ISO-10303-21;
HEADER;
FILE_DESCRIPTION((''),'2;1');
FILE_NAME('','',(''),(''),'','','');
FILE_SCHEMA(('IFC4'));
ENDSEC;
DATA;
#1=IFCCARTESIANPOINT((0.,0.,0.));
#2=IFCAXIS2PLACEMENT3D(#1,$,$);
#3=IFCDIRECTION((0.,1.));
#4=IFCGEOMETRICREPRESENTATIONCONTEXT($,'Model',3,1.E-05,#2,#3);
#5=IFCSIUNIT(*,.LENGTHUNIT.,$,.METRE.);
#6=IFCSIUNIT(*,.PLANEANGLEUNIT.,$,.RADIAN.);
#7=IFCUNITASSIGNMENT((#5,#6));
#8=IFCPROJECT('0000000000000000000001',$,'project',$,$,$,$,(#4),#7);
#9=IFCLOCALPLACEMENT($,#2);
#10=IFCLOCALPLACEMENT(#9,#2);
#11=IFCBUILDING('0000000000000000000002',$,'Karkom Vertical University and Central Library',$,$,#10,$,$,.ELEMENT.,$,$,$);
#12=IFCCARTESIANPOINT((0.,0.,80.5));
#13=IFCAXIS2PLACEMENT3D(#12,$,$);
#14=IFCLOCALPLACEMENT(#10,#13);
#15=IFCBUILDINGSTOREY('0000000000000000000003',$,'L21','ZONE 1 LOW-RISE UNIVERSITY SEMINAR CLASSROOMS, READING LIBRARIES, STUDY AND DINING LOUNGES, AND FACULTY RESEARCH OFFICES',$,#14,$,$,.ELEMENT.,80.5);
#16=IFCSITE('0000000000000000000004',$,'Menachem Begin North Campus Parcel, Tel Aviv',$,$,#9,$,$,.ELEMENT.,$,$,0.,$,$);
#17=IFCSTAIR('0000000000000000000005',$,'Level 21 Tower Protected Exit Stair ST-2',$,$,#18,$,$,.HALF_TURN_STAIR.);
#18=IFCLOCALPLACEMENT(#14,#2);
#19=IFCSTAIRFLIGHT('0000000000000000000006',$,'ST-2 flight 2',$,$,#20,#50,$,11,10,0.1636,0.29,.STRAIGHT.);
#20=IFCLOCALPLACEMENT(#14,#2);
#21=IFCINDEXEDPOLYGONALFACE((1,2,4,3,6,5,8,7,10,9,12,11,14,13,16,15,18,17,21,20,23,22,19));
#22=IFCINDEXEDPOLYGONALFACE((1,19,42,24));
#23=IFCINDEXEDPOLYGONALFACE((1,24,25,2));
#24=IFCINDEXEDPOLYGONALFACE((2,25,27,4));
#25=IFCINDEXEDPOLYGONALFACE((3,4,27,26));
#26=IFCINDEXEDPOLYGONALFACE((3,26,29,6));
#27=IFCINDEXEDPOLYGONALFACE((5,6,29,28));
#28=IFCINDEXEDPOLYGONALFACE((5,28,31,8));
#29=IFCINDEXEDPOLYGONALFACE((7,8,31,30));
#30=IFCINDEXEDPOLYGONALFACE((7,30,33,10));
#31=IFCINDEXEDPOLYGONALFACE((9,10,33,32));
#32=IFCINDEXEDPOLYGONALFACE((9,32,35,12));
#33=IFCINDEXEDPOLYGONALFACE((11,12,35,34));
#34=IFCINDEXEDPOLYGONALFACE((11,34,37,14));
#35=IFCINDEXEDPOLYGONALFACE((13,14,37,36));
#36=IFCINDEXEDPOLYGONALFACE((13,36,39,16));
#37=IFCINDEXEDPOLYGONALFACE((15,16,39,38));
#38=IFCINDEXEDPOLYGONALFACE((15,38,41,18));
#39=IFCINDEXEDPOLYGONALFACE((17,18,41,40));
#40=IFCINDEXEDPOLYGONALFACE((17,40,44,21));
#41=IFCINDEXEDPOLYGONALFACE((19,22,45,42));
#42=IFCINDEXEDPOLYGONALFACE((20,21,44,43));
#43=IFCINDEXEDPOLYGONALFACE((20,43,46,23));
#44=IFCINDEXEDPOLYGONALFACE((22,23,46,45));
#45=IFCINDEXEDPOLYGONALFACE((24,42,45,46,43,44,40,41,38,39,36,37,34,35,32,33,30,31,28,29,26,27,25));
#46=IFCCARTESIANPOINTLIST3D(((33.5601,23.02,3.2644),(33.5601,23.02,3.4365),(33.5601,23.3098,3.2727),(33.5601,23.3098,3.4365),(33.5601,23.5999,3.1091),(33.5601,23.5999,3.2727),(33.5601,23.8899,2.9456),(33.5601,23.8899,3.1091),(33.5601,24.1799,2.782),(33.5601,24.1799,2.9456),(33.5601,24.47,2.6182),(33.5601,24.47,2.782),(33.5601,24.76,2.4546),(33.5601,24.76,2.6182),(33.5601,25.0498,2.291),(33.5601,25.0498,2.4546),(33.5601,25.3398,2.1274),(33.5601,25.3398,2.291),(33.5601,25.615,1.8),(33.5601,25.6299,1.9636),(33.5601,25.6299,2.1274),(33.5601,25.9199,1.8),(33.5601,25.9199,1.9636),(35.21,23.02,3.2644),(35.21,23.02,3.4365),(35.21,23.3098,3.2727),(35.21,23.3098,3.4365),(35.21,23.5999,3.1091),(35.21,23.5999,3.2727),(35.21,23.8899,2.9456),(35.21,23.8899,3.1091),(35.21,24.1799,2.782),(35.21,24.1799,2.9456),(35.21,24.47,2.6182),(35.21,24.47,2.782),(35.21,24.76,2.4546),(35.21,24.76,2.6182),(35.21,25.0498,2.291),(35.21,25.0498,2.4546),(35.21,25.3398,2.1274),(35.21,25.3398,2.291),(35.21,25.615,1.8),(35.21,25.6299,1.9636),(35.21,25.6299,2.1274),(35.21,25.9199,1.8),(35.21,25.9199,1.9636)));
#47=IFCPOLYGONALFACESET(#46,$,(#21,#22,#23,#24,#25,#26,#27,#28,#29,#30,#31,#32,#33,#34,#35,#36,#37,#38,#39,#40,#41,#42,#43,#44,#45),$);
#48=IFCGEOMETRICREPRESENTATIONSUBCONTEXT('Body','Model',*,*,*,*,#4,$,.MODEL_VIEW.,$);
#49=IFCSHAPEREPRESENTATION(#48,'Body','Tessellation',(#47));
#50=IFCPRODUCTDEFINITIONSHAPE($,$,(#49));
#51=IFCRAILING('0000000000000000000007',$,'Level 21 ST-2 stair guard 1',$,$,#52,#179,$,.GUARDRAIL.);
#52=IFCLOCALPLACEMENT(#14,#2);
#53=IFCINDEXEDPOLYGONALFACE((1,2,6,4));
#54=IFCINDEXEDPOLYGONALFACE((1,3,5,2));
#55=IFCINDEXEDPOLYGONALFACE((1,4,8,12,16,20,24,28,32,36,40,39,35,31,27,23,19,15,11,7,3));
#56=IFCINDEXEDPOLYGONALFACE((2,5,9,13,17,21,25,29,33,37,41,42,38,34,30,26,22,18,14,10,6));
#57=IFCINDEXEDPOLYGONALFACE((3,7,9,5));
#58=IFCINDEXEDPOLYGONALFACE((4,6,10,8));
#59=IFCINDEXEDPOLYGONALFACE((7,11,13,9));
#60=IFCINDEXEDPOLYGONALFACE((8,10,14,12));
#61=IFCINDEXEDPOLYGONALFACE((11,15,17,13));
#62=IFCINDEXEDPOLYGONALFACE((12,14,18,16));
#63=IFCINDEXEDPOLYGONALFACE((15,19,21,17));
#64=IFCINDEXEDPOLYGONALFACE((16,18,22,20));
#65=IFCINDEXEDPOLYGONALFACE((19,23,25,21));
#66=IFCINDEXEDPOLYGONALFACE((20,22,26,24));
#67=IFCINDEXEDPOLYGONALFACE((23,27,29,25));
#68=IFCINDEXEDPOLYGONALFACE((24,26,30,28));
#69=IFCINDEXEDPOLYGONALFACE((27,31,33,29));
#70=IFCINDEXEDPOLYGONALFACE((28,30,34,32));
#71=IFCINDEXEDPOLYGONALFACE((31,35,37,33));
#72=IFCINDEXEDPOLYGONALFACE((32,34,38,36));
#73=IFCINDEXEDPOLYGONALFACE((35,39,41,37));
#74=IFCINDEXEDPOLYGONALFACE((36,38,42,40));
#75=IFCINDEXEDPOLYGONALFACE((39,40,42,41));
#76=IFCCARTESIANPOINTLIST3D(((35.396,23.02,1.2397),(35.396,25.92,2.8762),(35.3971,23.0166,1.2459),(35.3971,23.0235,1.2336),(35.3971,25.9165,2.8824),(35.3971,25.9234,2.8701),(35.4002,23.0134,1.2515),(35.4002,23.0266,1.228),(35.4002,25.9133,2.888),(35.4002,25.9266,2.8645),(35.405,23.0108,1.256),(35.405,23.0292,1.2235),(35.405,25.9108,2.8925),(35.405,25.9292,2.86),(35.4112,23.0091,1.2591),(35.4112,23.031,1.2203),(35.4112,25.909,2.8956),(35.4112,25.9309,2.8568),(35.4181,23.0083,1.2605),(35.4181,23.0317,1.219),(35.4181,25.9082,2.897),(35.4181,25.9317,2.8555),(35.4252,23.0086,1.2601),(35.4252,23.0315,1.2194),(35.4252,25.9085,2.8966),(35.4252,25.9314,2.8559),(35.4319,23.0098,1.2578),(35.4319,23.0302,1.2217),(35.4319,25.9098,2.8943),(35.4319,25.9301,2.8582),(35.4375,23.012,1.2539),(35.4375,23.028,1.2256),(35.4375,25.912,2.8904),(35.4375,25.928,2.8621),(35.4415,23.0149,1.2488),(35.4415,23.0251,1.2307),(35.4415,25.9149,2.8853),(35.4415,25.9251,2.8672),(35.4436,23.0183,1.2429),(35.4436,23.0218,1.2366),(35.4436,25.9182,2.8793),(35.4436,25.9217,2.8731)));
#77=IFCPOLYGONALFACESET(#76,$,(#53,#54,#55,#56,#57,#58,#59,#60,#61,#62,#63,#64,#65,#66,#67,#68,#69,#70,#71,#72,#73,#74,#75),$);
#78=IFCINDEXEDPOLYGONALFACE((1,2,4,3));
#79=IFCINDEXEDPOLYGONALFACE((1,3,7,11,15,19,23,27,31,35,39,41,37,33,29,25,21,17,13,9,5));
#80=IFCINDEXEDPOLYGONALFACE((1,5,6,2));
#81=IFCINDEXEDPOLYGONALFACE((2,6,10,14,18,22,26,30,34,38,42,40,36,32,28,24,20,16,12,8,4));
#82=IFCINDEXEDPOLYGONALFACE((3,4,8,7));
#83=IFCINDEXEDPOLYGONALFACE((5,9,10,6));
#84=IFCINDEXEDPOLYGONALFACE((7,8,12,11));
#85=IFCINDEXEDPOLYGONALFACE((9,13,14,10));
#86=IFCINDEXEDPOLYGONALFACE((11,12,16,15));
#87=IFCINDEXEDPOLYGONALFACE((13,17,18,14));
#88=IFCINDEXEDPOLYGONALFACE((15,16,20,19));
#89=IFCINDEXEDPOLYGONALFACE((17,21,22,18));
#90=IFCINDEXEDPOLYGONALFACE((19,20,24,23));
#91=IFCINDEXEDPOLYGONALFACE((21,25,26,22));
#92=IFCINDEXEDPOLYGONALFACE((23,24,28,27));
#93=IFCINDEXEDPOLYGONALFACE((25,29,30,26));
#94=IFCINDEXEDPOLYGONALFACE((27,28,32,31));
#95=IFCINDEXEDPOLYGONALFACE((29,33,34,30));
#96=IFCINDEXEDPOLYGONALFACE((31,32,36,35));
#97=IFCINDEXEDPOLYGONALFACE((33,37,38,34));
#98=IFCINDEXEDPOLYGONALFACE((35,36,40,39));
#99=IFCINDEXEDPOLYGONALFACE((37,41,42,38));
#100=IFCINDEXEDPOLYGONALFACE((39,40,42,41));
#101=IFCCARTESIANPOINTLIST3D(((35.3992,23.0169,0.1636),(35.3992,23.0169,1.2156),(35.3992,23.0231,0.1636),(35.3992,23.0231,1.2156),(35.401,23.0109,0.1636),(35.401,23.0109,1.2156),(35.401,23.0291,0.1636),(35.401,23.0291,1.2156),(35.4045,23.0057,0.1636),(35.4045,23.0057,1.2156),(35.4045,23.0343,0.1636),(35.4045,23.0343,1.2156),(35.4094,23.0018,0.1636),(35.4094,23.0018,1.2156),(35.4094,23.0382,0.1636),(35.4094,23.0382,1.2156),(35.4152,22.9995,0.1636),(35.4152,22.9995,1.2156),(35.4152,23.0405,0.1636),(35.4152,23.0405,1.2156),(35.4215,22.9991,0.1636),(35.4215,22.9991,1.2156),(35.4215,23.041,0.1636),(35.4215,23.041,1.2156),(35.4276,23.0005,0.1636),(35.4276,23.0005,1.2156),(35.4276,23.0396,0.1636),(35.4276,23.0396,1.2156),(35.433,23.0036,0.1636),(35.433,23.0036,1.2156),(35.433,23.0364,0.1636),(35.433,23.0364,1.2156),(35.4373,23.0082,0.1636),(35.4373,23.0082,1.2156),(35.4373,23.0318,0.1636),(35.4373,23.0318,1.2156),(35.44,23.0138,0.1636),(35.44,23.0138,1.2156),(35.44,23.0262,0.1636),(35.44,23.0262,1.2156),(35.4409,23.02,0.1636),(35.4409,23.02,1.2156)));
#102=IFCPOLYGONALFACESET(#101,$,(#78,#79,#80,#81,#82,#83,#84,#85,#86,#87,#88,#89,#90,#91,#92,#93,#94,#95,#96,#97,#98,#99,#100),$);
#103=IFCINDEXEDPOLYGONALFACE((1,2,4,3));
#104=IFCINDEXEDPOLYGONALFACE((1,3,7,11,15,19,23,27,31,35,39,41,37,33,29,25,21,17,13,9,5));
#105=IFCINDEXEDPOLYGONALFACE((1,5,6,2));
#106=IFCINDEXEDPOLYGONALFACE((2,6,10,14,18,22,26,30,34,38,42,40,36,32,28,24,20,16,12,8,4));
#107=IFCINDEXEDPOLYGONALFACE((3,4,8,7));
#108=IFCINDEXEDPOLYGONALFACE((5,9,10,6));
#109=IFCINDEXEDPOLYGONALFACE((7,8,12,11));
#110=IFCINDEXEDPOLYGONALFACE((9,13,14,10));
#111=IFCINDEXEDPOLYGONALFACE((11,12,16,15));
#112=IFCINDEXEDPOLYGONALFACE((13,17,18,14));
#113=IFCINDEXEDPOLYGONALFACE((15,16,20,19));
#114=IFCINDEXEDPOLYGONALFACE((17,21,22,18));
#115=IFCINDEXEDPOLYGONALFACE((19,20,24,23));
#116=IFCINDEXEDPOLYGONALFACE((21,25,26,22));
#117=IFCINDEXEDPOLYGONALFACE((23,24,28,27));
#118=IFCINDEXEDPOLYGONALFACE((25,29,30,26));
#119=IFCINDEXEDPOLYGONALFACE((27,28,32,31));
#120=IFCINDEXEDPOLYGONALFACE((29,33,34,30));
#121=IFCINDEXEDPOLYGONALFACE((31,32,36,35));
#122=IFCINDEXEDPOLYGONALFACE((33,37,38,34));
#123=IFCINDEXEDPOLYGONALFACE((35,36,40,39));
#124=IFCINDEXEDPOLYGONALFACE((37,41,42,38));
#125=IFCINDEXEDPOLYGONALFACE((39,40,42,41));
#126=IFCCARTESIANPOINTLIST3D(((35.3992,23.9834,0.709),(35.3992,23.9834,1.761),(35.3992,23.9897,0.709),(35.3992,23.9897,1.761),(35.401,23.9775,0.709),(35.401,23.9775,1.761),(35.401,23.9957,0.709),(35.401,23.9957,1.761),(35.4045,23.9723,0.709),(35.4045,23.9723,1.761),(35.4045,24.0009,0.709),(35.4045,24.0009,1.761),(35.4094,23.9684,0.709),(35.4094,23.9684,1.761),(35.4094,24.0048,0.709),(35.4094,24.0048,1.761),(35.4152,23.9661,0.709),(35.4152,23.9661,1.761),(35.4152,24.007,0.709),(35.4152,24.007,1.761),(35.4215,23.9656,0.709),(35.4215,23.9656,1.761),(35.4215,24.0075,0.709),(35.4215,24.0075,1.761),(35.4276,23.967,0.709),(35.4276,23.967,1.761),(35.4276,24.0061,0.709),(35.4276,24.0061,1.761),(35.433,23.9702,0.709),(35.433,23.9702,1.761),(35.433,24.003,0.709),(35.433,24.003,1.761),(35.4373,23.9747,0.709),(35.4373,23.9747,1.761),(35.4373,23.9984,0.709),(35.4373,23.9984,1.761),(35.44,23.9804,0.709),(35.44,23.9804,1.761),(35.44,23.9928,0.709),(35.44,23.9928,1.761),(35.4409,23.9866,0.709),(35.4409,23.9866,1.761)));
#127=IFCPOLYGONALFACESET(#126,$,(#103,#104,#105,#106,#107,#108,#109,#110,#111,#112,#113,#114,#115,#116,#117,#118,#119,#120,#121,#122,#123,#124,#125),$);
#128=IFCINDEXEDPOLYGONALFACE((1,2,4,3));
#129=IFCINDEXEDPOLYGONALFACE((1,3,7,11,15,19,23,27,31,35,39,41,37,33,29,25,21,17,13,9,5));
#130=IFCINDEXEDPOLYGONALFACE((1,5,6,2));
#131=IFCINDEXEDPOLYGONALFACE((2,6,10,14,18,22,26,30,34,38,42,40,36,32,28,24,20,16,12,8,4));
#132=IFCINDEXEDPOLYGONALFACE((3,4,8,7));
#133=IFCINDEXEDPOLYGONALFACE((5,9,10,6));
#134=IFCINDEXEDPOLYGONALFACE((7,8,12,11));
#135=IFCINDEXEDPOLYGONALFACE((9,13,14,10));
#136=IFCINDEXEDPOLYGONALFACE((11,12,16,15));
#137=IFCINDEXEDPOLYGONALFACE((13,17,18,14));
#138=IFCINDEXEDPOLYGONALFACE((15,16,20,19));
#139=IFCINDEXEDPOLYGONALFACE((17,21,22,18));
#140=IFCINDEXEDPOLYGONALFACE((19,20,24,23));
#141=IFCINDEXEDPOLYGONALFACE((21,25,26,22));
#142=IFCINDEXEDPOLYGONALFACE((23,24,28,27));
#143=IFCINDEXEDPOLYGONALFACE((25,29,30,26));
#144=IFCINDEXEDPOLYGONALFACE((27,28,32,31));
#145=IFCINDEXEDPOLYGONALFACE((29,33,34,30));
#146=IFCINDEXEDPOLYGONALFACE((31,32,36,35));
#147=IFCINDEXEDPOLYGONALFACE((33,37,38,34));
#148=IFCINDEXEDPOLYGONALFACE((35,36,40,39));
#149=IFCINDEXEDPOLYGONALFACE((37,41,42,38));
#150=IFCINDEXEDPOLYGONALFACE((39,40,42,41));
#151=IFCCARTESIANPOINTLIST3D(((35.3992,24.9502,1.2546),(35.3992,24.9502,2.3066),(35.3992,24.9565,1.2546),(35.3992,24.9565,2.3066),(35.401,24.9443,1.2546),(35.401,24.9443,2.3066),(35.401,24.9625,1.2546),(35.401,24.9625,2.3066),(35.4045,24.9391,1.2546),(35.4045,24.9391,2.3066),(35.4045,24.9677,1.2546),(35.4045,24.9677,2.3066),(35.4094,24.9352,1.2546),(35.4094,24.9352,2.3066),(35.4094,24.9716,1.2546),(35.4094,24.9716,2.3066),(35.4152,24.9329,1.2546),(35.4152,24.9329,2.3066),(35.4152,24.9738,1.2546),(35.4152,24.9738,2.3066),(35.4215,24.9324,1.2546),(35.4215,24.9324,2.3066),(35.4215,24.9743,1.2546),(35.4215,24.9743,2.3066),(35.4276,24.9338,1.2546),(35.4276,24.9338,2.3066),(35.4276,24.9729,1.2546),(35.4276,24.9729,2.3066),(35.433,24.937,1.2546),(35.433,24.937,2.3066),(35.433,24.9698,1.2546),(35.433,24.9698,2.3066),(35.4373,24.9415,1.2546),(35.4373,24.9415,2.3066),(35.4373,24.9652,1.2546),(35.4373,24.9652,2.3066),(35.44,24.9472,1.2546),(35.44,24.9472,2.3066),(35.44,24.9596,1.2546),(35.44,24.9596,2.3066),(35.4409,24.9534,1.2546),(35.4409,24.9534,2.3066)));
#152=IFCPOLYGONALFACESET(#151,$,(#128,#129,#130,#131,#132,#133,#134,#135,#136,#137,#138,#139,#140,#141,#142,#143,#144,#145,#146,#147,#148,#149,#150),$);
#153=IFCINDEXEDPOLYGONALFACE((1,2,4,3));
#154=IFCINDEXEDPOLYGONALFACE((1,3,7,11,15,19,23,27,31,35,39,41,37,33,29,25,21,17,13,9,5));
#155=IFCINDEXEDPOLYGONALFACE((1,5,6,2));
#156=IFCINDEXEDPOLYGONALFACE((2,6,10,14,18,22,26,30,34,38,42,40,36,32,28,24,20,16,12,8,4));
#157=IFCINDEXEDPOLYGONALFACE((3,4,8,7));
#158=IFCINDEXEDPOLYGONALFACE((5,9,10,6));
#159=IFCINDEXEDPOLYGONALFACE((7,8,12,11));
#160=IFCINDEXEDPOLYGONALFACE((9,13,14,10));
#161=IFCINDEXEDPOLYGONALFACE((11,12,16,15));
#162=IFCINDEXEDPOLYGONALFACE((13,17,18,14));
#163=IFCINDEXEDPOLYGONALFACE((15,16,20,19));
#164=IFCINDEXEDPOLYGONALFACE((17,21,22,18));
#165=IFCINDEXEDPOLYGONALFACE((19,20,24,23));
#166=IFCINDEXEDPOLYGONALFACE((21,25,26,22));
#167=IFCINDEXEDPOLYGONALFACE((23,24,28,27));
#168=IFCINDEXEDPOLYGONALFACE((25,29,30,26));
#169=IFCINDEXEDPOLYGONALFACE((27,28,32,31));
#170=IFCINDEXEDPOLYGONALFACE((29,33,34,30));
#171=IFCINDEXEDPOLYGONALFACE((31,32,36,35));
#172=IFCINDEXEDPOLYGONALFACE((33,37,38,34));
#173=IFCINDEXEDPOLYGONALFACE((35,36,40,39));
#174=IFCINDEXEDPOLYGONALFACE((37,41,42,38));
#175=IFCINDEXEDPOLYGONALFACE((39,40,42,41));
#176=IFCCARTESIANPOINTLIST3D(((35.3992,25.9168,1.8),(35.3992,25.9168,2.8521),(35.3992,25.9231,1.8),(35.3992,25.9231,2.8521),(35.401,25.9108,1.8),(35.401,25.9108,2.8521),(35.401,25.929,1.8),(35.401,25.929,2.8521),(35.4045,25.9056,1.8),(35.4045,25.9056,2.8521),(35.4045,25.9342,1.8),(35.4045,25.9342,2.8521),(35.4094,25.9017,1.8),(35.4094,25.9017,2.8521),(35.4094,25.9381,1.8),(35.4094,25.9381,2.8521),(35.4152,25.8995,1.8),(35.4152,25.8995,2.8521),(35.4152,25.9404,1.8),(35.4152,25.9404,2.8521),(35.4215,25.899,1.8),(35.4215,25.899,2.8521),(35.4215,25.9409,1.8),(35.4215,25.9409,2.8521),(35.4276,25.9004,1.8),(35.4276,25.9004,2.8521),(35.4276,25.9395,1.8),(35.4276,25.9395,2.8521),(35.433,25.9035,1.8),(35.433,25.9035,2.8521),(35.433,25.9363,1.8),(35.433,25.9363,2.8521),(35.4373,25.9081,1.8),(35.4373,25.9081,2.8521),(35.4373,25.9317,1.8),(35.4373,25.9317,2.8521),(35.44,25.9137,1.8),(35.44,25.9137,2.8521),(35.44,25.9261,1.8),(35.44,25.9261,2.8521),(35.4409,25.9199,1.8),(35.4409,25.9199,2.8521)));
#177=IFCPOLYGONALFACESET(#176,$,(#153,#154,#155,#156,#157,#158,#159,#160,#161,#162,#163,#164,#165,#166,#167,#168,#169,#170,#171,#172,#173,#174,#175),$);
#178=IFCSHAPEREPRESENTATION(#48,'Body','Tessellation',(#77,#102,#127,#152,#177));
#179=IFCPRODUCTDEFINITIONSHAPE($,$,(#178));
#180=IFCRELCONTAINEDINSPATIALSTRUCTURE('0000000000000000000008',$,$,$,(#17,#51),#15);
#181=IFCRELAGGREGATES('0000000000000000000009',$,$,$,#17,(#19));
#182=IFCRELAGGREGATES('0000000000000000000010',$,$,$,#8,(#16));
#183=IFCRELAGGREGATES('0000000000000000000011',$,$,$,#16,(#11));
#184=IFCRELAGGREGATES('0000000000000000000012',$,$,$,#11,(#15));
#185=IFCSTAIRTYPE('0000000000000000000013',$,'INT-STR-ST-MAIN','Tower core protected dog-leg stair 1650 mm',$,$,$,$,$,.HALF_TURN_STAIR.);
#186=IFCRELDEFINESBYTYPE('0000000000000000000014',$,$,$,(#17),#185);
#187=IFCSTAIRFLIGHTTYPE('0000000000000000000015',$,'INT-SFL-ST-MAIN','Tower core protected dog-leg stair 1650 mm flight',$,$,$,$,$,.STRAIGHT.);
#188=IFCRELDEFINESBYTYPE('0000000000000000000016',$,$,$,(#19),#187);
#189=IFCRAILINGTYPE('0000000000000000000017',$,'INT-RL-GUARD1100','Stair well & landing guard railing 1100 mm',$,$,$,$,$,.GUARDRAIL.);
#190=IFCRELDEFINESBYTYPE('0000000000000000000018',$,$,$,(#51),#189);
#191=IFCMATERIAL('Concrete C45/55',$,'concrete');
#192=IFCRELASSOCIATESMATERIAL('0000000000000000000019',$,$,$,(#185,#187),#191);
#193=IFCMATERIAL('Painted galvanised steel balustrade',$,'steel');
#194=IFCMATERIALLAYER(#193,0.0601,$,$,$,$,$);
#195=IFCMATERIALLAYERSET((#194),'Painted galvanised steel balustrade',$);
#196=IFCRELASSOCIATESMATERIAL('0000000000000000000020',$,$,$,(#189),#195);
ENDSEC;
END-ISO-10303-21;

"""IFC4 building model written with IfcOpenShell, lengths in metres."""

from ifc_helpers import new_model, si_unit, direction, frame, origin, origin_2d, place, context, subcontext, project, spatial, polyline, circle, outline, extrude, material, layer, layer_set, type_object, element, aggregate, save


model = new_model("IFC4")

# Units and contexts
model_context = context("Model", 3, precision=1e-05, world=origin(), true_north=direction((0.0, 1.0)))
body_context = subcontext(model_context, "Body", "Model", "MODEL_VIEW")
ifc_project = project(units=[si_unit("LENGTHUNIT", "METRE"), si_unit("PLANEANGLEUNIT", "RADIAN")], contexts=[model_context])

# Site, building, storey
site_placement = place(None, origin())
site = spatial("IfcSite", under=ifc_project, at=site_placement, Name="Menachem Begin North Campus Parcel, Tel Aviv", CompositionType="ELEMENT", RefElevation=0.0)
building_placement = place(site_placement, origin())
building = spatial("IfcBuilding", under=site, at=building_placement, Name="Karkom Vertical University and Central Library", CompositionType="ELEMENT")
storey_placement = place(building_placement, frame((0.0, 0.0, 80.5)))
storey = spatial("IfcBuildingStorey", under=building, at=storey_placement, Name="L21", Description="ZONE 1 LOW-RISE UNIVERSITY SEMINAR CLASSROOMS, READING LIBRARIES, STUDY AND DINING LOUNGES, AND FACULTY RESEARCH OFFICES", CompositionType="ELEMENT", Elevation=80.5)

# Shared definitions
ifc_material_1 = material(Name="Concrete C45/55", Category="concrete")

# Stair, stair flight
stair_type = type_object("IfcStairType", Name="INT-STR-ST-MAIN", Description="Tower core protected dog-leg stair 1650 mm", PredefinedType="HALF_TURN_STAIR", material=ifc_material_1)
stair_placement = place(storey_placement, origin())
stair = element("IfcStair", 1, at=stair_placement, inside=storey, type_object=stair_type, Name="Level 21 Tower Protected Exit Stair ST-2", PredefinedType="HALF_TURN_STAIR")
stair_flight_type = type_object("IfcStairFlightType", Name="INT-SFL-ST-MAIN", Description="Tower core protected dog-leg stair 1650 mm flight", PredefinedType="STRAIGHT", material=ifc_material_1)
stair_flight_1_placement = place(storey_placement, frame((34.385, 25.9199, 1.8), z_axis=(0.0, 0.0, 1.0), x_axis=(0.0, -1.0, 0.0)))
stair_flight_1 = element("IfcStairFlight", 2, at=stair_flight_1_placement, type_object=stair_flight_type, Name="ST-2 flight 2", NumberOfRisers=11, NumberOfTreads=10, PredefinedType="STRAIGHT", RiserHeight=0.1636, TreadLength=0.29, context=body_context, shape_type="SweptSolid", body=[
    extrude(outline(polyline([(0.0, 0.0), (0.0, 0.1636), (0.29, 0.1636), (0.29, 0.3274), (0.5801, 0.3274), (0.5801, 0.491), (0.8701, 0.491), (0.8701, 0.6545), (1.1599, 0.6545), (1.1599, 0.8181), (1.45, 0.8181), (1.45, 0.9819), (1.74, 0.9819), (1.74, 1.1455), (2.03, 1.1455), (2.03, 1.3091), (2.3201, 1.3091), (2.3201, 1.4727), (2.6101, 1.4727), (2.6101, 1.6365), (2.8999, 1.6365), (2.8999, 1.8), (2.8999, 1.4644), (0.3049, 0.0), (0.0, 0.0)])), frame((0.0, 0.825, 0.0), z_axis=(0.0, -1.0, 0.0), x_axis=(1.0, 0.0, 0.0)), (0.0, 0.0, 1.0), 1.6499),
])
aggregate(stair, [stair_flight_1])

# Railing
ifc_material_2 = material(Name="Painted galvanised steel balustrade", Category="steel")
ifc_layer_1 = layer(ifc_material_2, 0.0601)
ifc_layer_set_1 = layer_set([ifc_layer_1], Name="Painted galvanised steel balustrade")
railing_type_1 = type_object("IfcRailingType", Name="INT-RL-GUARD1100", Description="Stair well & landing guard railing 1100 mm", PredefinedType="GUARDRAIL", material=ifc_layer_set_1)
railing_1_placement = place(storey_placement, frame((35.4199, 23.02, 0.1636)))
element("IfcRailing", 3, at=railing_1_placement, inside=storey, type_object=railing_type_1, Name="Level 21 ST-2 stair guard 1", PredefinedType="GUARDRAIL", context=body_context, shape_type="SweptSolid", body=[
    extrude(circle(Radius=0.0239, at=origin_2d()), frame((0.0, 0.0, 1.0762), z_axis=(0.0, 0.870897, 0.491465), x_axis=(-1.0, 0.0, 0.0)), (0.0, 0.0, 1.0), 3.3298),
    extrude(circle(Radius=0.021, at=origin_2d()), origin(), (0.0, 0.0, 1.0), 1.052),
    extrude(circle(Radius=0.021, at=origin_2d()), frame((0.0, 0.9666, 0.5454)), (0.0, 0.0, 1.0), 1.052),
    extrude(circle(Radius=0.021, at=origin_2d()), frame((0.0, 1.9333, 1.0911)), (0.0, 0.0, 1.0), 1.052),
    extrude(circle(Radius=0.021, at=origin_2d()), frame((0.0, 2.8999, 1.6365)), (0.0, 0.0, 1.0), 1.052),
])

save(model, "model.ifc")
